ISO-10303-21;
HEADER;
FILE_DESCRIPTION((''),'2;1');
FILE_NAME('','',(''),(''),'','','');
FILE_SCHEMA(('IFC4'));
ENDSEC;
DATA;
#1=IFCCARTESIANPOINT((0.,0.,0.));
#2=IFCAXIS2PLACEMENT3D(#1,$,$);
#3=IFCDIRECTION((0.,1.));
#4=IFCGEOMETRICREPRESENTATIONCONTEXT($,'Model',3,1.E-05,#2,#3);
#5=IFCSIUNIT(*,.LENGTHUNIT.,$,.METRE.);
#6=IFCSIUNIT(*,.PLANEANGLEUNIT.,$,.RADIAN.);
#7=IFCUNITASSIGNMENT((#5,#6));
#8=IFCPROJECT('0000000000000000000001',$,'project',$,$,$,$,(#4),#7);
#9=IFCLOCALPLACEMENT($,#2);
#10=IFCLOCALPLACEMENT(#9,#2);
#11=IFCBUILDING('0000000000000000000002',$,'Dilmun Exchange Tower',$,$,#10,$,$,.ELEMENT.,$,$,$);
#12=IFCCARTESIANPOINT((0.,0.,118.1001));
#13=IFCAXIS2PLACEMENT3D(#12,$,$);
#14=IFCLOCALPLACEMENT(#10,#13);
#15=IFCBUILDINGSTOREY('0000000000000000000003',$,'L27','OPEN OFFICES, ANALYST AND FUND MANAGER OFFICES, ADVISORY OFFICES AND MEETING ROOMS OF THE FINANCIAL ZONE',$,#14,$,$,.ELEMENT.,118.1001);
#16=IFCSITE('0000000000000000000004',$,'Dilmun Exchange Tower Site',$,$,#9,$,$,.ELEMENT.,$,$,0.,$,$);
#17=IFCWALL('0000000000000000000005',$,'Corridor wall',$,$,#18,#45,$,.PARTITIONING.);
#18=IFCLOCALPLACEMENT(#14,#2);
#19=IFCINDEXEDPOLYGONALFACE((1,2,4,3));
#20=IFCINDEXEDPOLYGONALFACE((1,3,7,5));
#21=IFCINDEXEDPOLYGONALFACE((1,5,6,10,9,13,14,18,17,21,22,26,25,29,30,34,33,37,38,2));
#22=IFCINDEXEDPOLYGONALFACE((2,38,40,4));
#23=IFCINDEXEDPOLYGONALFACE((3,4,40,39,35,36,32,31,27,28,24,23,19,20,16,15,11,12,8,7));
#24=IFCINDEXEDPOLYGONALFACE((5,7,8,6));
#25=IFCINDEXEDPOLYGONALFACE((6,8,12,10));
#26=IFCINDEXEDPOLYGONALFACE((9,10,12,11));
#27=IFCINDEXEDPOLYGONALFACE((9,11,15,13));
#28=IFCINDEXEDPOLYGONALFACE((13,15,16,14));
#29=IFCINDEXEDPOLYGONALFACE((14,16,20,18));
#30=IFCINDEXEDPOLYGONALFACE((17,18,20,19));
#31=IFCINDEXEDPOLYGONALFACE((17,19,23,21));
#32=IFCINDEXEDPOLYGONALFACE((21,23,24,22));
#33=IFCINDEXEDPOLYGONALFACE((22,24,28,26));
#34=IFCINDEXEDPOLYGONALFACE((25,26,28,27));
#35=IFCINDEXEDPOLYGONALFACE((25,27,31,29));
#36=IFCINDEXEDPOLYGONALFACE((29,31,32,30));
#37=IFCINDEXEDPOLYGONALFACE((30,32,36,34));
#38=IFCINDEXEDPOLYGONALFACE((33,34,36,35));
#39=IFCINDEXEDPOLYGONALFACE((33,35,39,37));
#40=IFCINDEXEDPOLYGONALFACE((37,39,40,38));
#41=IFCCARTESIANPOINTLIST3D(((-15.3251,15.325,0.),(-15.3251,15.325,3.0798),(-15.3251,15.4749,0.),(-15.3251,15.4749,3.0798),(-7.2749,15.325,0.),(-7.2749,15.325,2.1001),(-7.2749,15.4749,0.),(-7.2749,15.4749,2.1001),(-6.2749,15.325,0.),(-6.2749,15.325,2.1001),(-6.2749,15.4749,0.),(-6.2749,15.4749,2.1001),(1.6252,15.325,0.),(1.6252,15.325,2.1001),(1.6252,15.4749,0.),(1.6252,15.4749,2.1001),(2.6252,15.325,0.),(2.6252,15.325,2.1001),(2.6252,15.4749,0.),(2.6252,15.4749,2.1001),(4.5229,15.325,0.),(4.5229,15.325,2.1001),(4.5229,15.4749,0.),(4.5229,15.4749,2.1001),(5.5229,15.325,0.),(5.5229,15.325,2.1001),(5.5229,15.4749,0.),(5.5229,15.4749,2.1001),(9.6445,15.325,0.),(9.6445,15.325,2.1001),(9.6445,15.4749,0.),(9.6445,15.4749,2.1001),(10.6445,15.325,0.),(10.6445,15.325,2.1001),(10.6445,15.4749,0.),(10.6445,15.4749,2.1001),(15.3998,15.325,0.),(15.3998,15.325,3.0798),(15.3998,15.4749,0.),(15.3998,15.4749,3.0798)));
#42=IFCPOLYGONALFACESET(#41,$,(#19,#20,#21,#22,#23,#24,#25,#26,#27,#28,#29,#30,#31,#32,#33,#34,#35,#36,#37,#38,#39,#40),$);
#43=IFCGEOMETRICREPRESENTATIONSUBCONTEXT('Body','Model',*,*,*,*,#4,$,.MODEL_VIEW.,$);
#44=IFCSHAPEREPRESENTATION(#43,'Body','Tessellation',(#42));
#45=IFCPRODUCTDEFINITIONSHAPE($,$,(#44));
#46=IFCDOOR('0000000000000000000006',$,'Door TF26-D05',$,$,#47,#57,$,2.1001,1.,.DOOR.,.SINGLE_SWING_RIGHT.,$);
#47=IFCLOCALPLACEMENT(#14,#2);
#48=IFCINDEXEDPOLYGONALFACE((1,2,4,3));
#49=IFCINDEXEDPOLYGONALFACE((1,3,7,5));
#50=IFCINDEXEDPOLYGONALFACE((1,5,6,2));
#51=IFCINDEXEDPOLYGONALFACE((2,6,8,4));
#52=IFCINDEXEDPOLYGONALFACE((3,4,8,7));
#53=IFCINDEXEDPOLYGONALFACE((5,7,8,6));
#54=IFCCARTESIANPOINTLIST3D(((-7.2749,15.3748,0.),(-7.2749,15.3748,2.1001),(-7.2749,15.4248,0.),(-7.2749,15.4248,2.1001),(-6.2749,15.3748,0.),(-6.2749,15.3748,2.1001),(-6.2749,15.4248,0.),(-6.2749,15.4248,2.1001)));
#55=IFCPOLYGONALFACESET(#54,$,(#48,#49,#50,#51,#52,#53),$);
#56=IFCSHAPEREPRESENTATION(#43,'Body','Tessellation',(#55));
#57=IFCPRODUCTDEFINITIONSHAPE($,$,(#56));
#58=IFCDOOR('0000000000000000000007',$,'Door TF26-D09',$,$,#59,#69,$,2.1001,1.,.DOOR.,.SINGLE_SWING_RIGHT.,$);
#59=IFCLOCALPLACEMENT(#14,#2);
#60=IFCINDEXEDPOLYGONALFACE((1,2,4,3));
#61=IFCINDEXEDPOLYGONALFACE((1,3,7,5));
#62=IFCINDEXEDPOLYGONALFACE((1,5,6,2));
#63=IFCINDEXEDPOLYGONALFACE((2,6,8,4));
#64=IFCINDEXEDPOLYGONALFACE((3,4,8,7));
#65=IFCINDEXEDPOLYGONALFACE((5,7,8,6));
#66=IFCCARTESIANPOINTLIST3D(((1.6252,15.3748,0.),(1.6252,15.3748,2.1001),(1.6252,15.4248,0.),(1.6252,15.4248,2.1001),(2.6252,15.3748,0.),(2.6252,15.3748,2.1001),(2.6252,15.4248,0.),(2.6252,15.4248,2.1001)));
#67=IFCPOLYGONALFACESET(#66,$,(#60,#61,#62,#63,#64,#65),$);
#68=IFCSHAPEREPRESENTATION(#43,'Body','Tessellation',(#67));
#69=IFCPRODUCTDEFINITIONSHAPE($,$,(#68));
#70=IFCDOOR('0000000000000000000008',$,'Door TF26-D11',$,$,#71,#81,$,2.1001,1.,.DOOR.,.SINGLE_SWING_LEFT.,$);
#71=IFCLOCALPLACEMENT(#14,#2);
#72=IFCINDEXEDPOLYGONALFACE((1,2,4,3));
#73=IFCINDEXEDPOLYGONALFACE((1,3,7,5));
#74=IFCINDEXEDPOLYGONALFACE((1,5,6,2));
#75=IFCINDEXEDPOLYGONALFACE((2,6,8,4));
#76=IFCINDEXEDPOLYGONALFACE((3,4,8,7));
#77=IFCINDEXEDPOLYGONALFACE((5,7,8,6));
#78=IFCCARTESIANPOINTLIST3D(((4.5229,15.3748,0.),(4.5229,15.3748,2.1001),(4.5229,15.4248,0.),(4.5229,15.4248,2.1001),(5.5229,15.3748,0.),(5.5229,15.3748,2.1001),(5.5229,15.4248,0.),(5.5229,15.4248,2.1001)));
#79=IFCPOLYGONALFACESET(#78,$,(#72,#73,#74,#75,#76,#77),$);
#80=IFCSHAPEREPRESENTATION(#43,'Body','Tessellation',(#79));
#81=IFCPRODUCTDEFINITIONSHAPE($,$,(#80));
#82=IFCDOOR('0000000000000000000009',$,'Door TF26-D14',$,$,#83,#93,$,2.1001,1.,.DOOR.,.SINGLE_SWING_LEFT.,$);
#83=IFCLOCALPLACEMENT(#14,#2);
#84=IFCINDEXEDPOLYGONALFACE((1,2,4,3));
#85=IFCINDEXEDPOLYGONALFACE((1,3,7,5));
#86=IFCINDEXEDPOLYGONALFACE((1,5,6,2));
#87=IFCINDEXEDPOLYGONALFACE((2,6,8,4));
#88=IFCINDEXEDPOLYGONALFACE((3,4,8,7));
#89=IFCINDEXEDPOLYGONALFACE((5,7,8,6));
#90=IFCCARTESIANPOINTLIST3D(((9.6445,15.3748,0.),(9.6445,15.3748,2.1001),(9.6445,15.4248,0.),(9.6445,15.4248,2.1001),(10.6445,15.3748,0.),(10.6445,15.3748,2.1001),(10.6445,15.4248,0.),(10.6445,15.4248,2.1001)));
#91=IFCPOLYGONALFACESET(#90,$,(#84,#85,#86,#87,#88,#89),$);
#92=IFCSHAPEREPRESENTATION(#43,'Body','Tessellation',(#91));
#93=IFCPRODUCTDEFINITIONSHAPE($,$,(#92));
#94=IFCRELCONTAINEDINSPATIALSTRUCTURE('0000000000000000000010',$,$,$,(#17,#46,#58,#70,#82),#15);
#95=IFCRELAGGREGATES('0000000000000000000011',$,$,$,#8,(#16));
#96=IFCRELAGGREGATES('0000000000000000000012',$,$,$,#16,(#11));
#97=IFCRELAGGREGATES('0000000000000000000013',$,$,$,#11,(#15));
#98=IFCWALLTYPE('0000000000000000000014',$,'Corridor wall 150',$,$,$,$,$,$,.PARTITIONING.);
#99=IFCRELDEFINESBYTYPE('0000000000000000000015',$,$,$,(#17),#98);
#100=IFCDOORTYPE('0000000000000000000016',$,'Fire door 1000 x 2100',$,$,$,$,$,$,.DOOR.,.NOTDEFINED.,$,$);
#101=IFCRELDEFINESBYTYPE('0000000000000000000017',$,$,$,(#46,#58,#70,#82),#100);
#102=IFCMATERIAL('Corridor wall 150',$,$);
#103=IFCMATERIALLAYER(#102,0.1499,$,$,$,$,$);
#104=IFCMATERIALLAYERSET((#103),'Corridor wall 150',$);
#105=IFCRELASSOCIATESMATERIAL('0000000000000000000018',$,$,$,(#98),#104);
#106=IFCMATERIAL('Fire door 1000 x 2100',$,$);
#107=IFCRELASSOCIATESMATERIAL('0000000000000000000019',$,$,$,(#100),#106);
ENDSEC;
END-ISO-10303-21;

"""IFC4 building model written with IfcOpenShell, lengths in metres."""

from ifc_helpers import new_model, si_unit, direction, frame, frame_2d, origin, place, context, subcontext, project, spatial, rectangle, extrude, material, layer, layer_set, type_object, element, fill, save


model = new_model("IFC4")

# Units and contexts
model_context = context("Model", 3, precision=1e-05, world=origin(), true_north=direction((0.0, 1.0)))
body_context = subcontext(model_context, "Body", "Model", "MODEL_VIEW")
ifc_project = project(units=[si_unit("LENGTHUNIT", "METRE"), si_unit("PLANEANGLEUNIT", "RADIAN")], contexts=[model_context])

# Site, building, storey
site_placement = place(None, origin())
site = spatial("IfcSite", under=ifc_project, at=site_placement, Name="Dilmun Exchange Tower Site", CompositionType="ELEMENT", RefElevation=0.0)
building_placement = place(site_placement, origin())
building = spatial("IfcBuilding", under=site, at=building_placement, Name="Dilmun Exchange Tower", CompositionType="ELEMENT")
storey_placement = place(building_placement, frame((0.0, 0.0, 118.1001)))
storey = spatial("IfcBuildingStorey", under=building, at=storey_placement, Name="L27", Description="OPEN OFFICES, ANALYST AND FUND MANAGER OFFICES, ADVISORY OFFICES AND MEETING ROOMS OF THE FINANCIAL ZONE", CompositionType="ELEMENT", Elevation=118.1001)

# Wall, openings, doors
ifc_material_1 = material(Name="Corridor wall 150")
ifc_layer_1 = layer(ifc_material_1, 0.1499)
ifc_layer_set_1 = layer_set([ifc_layer_1], Name="Corridor wall 150")
wall_type_1 = type_object("IfcWallType", Name="Corridor wall 150", PredefinedType="PARTITIONING", material=ifc_layer_set_1)
wall_1_placement = place(storey_placement, frame((-15.325, 15.3999, 0.0), z_axis=(0.0, 0.0, 1.0), x_axis=(1.0, 0.0, 0.0)))
wall_1 = element("IfcWall", 1, at=wall_1_placement, inside=storey, type_object=wall_type_1, Name="Corridor wall", PredefinedType="PARTITIONING", context=body_context, shape_type="SweptSolid", body=[
    extrude(rectangle(XDim=30.7249, YDim=0.1499, at=frame_2d((15.3623, 0.0))), origin(), (0.0, 0.0, 1.0), 3.0798),
])
opening_1_placement = place(wall_1_placement, frame((8.05, 0.0, 0.0)))
opening_1 = element("IfcOpeningElement", 2, at=opening_1_placement, cuts=wall_1, PredefinedType="OPENING", context=body_context, shape_type="SweptSolid", body=[
    extrude(rectangle(XDim=1.0, YDim=2.1001, at=frame_2d((0.5, 1.05))), frame((0.0, 0.085, 0.0), z_axis=(0.0, -1.0, 0.0), x_axis=(1.0, 0.0, 0.0)), (0.0, 0.0, 1.0), 0.1699),
])
opening_2_placement = place(wall_1_placement, frame((16.9502, 0.0, 0.0)))
opening_2 = element("IfcOpeningElement", 3, at=opening_2_placement, cuts=wall_1, PredefinedType="OPENING", context=body_context, shape_type="SweptSolid", body=[
    extrude(rectangle(XDim=1.0, YDim=2.1001, at=frame_2d((0.5, 1.05))), frame((0.0, 0.085, 0.0), z_axis=(0.0, -1.0, 0.0), x_axis=(1.0, 0.0, 0.0)), (0.0, 0.0, 1.0), 0.1699),
])
opening_3_placement = place(wall_1_placement, frame((19.8479, 0.0, 0.0)))
opening_3 = element("IfcOpeningElement", 4, at=opening_3_placement, cuts=wall_1, PredefinedType="OPENING", context=body_context, shape_type="SweptSolid", body=[
    extrude(rectangle(XDim=1.0, YDim=2.1001, at=frame_2d((0.5, 1.05))), frame((0.0, 0.085, 0.0), z_axis=(0.0, -1.0, 0.0), x_axis=(1.0, 0.0, 0.0)), (0.0, 0.0, 1.0), 0.1699),
])
opening_4_placement = place(wall_1_placement, frame((24.9695, 0.0, 0.0)))
opening_4 = element("IfcOpeningElement", 5, at=opening_4_placement, cuts=wall_1, PredefinedType="OPENING", context=body_context, shape_type="SweptSolid", body=[
    extrude(rectangle(XDim=1.0, YDim=2.1001, at=frame_2d((0.5, 1.05))), frame((0.0, 0.085, 0.0), z_axis=(0.0, -1.0, 0.0), x_axis=(1.0, 0.0, 0.0)), (0.0, 0.0, 1.0), 0.1699),
])
ifc_material_2 = material(Name="Fire door 1000 x 2100")
door_type_1 = type_object("IfcDoorType", Name="Fire door 1000 x 2100", OperationType="NOTDEFINED", PredefinedType="DOOR", material=ifc_material_2)
door_1_placement = place(opening_1_placement, origin())
door_1 = element("IfcDoor", 6, at=door_1_placement, inside=storey, type_object=door_type_1, Name="Door TF26-D05", OperationType="SINGLE_SWING_RIGHT", OverallHeight=2.1001, OverallWidth=1.0, PredefinedType="DOOR", context=body_context, shape_type="SweptSolid", body=[
    extrude(rectangle(XDim=1.0, YDim=2.1001, at=frame_2d((0.5, 1.05))), frame((0.0, 0.0249, 0.0), z_axis=(0.0, -1.0, 0.0), x_axis=(1.0, 0.0, 0.0)), (0.0, 0.0, 1.0), 0.05),
])
fill(opening_1, door_1)
door_2_placement = place(opening_2_placement, origin())
door_2 = element("IfcDoor", 7, at=door_2_placement, inside=storey, type_object=door_type_1, Name="Door TF26-D09", OperationType="SINGLE_SWING_RIGHT", OverallHeight=2.1001, OverallWidth=1.0, PredefinedType="DOOR", context=body_context, shape_type="SweptSolid", body=[
    extrude(rectangle(XDim=1.0, YDim=2.1001, at=frame_2d((0.5, 1.05))), frame((0.0, 0.0249, 0.0), z_axis=(0.0, -1.0, 0.0), x_axis=(1.0, 0.0, 0.0)), (0.0, 0.0, 1.0), 0.05),
])
fill(opening_2, door_2)
door_3_placement = place(opening_3_placement, origin())
door_3 = element("IfcDoor", 8, at=door_3_placement, inside=storey, type_object=door_type_1, Name="Door TF26-D11", OperationType="SINGLE_SWING_LEFT", OverallHeight=2.1001, OverallWidth=1.0, PredefinedType="DOOR", context=body_context, shape_type="SweptSolid", body=[
    extrude(rectangle(XDim=1.0, YDim=2.1001, at=frame_2d((0.5, 1.05))), frame((0.0, 0.0249, 0.0), z_axis=(0.0, -1.0, 0.0), x_axis=(1.0, 0.0, 0.0)), (0.0, 0.0, 1.0), 0.05),
])
fill(opening_3, door_3)
door_4_placement = place(opening_4_placement, origin())
door_4 = element("IfcDoor", 9, at=door_4_placement, inside=storey, type_object=door_type_1, Name="Door TF26-D14", OperationType="SINGLE_SWING_LEFT", OverallHeight=2.1001, OverallWidth=1.0, PredefinedType="DOOR", context=body_context, shape_type="SweptSolid", body=[
    extrude(rectangle(XDim=1.0, YDim=2.1001, at=frame_2d((0.5, 1.05))), frame((0.0, 0.0249, 0.0), z_axis=(0.0, -1.0, 0.0), x_axis=(1.0, 0.0, 0.0)), (0.0, 0.0, 1.0), 0.05),
])
fill(opening_4, door_4)

save(model, "model.ifc")
